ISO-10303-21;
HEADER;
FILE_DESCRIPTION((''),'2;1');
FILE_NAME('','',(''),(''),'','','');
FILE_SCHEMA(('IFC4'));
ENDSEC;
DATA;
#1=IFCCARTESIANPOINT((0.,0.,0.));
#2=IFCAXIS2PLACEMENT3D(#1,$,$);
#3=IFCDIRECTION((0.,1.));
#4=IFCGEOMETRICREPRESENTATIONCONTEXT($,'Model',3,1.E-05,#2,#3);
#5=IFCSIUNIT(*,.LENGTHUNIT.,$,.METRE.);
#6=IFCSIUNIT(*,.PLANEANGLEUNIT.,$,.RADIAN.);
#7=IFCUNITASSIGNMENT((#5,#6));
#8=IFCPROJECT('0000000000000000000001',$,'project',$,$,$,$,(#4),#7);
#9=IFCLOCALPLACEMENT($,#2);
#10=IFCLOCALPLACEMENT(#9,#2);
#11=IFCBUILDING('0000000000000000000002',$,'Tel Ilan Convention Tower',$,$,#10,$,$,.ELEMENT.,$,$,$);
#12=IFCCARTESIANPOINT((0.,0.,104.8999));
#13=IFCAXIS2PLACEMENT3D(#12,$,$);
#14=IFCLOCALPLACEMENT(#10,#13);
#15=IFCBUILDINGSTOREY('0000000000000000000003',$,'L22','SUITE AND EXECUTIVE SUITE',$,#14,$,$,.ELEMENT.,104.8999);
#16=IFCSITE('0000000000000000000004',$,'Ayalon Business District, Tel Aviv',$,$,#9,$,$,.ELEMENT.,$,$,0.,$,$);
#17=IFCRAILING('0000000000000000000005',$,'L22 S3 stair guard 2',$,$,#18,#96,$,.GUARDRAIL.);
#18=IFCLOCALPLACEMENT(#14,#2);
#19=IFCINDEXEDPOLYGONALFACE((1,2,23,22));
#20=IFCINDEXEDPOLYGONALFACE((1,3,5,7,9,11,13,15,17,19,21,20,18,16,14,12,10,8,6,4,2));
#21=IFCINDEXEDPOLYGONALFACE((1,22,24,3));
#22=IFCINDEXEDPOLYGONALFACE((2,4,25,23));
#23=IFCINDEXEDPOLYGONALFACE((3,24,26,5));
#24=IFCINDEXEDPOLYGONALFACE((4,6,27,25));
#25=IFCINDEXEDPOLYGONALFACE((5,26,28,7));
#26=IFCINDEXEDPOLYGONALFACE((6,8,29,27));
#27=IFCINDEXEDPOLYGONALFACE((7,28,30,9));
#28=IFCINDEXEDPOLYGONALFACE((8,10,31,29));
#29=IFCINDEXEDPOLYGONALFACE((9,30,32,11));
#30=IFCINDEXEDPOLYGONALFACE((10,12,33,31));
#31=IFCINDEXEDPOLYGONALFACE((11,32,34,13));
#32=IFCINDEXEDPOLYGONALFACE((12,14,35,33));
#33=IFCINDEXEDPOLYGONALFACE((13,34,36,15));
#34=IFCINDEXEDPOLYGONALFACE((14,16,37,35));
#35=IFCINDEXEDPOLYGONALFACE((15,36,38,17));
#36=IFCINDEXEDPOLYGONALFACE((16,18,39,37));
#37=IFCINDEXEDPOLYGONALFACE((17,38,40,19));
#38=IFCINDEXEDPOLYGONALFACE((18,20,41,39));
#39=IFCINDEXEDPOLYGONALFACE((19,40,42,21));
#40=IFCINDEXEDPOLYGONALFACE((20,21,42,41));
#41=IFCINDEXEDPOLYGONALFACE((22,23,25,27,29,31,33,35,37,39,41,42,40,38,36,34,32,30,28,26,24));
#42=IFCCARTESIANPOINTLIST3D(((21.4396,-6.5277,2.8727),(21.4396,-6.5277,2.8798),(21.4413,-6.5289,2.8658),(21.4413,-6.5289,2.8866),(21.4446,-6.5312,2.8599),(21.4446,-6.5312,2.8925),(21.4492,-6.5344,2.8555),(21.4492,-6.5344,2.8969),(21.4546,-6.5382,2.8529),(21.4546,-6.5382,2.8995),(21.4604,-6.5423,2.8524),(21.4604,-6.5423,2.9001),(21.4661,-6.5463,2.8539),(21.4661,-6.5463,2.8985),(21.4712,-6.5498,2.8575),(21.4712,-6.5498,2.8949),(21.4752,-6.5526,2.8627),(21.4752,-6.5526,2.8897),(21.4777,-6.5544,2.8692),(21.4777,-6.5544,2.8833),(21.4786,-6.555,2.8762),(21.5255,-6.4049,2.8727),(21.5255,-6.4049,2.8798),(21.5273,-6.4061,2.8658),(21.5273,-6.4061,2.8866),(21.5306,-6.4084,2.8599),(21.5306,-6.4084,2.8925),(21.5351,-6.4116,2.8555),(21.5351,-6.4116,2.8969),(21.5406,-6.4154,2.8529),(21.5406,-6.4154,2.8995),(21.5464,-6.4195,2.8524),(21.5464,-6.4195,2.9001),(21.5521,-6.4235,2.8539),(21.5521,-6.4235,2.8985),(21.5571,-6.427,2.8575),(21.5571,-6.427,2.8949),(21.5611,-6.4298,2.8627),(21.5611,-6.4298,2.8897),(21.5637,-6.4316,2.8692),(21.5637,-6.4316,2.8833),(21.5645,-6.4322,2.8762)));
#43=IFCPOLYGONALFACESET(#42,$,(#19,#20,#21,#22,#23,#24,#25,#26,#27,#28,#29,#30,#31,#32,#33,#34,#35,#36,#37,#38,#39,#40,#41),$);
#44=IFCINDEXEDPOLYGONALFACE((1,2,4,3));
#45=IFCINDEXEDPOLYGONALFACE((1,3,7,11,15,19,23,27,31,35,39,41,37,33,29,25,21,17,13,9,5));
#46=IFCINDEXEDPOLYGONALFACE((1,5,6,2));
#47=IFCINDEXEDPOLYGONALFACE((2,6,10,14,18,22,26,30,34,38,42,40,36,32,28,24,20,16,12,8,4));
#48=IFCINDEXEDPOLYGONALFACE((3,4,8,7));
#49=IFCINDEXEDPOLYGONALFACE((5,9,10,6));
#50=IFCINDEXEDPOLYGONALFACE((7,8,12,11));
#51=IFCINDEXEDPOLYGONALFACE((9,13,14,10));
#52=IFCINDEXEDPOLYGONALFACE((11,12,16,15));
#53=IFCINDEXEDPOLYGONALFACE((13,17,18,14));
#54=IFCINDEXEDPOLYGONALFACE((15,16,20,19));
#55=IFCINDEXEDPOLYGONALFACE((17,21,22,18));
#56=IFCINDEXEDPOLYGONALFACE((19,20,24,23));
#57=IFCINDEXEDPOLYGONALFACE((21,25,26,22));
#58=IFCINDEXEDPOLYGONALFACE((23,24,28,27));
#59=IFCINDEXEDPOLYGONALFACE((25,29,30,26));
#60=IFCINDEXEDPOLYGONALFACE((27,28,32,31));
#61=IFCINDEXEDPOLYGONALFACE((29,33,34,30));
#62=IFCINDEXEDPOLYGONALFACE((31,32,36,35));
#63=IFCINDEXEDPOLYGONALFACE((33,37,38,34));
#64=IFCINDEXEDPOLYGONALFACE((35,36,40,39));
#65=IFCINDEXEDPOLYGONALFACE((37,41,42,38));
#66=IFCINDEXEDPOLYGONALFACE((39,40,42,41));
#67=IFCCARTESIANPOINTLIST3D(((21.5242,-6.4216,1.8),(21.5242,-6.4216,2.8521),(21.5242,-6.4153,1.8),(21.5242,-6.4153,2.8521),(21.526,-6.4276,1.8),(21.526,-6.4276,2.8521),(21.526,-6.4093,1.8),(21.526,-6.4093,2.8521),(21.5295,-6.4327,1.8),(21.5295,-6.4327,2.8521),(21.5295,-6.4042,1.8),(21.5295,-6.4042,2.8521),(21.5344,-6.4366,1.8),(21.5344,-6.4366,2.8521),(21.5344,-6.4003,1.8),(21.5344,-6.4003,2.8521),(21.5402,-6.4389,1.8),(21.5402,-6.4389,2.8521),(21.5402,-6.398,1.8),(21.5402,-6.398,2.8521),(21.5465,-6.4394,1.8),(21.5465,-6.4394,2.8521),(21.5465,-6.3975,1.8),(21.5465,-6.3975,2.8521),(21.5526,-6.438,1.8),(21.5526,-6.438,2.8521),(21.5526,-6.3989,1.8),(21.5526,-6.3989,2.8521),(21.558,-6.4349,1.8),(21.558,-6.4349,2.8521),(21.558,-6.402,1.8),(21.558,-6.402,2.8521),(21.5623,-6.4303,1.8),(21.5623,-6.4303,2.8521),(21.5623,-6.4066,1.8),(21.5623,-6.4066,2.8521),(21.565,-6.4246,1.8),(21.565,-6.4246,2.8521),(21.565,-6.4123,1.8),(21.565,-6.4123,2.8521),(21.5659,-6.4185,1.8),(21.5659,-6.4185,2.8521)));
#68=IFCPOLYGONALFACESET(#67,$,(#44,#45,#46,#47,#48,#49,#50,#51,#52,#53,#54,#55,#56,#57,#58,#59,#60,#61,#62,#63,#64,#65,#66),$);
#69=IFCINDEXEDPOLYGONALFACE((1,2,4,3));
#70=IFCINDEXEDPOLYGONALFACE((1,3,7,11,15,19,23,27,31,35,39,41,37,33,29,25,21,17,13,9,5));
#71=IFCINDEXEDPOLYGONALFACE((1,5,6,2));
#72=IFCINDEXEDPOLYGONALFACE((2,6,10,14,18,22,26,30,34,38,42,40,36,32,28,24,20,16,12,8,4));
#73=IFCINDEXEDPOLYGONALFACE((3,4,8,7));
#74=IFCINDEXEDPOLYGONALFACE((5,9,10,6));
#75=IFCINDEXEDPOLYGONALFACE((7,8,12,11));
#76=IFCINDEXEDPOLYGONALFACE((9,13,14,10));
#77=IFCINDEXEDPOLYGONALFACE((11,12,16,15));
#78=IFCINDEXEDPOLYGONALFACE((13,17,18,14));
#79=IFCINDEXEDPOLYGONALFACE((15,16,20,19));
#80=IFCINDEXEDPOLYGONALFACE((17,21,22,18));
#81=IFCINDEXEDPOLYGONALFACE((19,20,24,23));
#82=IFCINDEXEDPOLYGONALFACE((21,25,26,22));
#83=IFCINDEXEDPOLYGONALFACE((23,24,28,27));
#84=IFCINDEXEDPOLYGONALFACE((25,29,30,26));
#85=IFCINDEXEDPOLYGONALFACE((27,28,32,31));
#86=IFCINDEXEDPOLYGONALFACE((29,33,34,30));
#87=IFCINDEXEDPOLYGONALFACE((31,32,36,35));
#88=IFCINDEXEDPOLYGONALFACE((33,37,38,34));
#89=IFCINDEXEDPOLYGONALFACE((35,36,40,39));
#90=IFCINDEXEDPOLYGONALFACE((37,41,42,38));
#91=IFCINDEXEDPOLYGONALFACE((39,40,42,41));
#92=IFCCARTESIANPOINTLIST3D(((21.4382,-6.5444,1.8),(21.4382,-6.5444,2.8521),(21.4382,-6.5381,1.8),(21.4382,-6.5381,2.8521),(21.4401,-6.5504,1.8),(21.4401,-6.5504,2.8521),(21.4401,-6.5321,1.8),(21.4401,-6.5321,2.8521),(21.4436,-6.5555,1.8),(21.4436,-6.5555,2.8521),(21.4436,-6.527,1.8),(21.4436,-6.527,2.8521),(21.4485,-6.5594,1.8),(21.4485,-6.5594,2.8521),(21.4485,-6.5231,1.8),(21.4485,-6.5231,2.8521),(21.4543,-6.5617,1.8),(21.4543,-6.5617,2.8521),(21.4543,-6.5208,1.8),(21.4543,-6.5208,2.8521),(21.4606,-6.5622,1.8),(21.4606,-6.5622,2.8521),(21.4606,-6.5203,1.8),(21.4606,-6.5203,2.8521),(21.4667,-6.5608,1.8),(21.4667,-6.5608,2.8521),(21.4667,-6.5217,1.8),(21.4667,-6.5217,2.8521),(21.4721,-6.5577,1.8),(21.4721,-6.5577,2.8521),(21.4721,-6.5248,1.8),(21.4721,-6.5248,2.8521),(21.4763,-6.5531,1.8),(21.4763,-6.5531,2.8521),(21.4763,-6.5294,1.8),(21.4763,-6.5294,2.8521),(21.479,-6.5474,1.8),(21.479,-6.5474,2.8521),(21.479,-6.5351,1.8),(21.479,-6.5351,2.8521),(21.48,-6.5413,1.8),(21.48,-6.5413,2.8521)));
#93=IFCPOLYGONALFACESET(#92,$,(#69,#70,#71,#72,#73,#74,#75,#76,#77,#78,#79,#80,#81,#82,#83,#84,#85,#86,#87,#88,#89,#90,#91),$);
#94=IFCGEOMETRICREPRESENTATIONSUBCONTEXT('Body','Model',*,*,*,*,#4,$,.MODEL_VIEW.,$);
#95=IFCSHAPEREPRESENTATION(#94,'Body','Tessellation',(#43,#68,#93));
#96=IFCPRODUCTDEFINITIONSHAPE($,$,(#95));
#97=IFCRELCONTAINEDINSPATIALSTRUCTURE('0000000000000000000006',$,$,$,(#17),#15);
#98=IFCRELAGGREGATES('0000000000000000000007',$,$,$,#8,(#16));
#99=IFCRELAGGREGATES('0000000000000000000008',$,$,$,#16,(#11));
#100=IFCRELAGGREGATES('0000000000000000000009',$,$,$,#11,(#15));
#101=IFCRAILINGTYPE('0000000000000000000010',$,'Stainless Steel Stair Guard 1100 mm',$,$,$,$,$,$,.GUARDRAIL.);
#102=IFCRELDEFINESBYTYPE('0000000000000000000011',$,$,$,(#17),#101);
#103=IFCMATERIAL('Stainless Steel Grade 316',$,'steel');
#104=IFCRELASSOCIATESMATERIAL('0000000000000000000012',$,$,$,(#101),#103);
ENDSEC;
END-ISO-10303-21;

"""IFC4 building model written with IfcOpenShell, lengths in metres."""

from ifc_helpers import new_model, si_unit, direction, frame, origin, origin_2d, place, context, subcontext, project, spatial, circle, extrude, material, type_object, element, save


model = new_model("IFC4")

# Units and contexts
model_context = context("Model", 3, precision=1e-05, world=origin(), true_north=direction((0.0, 1.0)))
body_context = subcontext(model_context, "Body", "Model", "MODEL_VIEW")
ifc_project = project(units=[si_unit("LENGTHUNIT", "METRE"), si_unit("PLANEANGLEUNIT", "RADIAN")], contexts=[model_context])

# Site, building, storey
site_placement = place(None, origin())
site = spatial("IfcSite", under=ifc_project, at=site_placement, Name="Ayalon Business District, Tel Aviv", CompositionType="ELEMENT", RefElevation=0.0)
building_placement = place(site_placement, origin())
building = spatial("IfcBuilding", under=site, at=building_placement, Name="Tel Ilan Convention Tower", CompositionType="ELEMENT")
storey_placement = place(building_placement, frame((0.0, 0.0, 104.8999)))
storey = spatial("IfcBuildingStorey", under=building, at=storey_placement, Name="L22", Description="SUITE AND EXECUTIVE SUITE", CompositionType="ELEMENT", Elevation=104.8999)

# Railing
ifc_material_1 = material(Name="Stainless Steel Grade 316", Category="steel")
railing_type_1 = type_object("IfcRailingType", Name="Stainless Steel Stair Guard 1100 mm", PredefinedType="GUARDRAIL", material=ifc_material_1)
railing_1_placement = place(storey_placement, frame((21.5449, -6.4185, 1.8)))
element("IfcRailing", 1, at=railing_1_placement, inside=storey, type_object=railing_type_1, Name="L22 S3 stair guard 2", PredefinedType="GUARDRAIL", context=body_context, shape_type="SweptSolid", body=[
    extrude(circle(Radius=0.0239, at=origin_2d()), frame((0.0, 0.0, 1.0762), z_axis=(-0.573353, -0.819308, 0.0), x_axis=(0.819308, -0.573353, 0.0)), (0.0, 0.0, 1.0), 0.1499),
    extrude(circle(Radius=0.021, at=origin_2d()), origin(), (0.0, 0.0, 1.0), 1.052),
    extrude(circle(Radius=0.021, at=origin_2d()), frame((-0.0859, -0.1228, 0.0)), (0.0, 0.0, 1.0), 1.052),
])

save(model, "model.ifc")
